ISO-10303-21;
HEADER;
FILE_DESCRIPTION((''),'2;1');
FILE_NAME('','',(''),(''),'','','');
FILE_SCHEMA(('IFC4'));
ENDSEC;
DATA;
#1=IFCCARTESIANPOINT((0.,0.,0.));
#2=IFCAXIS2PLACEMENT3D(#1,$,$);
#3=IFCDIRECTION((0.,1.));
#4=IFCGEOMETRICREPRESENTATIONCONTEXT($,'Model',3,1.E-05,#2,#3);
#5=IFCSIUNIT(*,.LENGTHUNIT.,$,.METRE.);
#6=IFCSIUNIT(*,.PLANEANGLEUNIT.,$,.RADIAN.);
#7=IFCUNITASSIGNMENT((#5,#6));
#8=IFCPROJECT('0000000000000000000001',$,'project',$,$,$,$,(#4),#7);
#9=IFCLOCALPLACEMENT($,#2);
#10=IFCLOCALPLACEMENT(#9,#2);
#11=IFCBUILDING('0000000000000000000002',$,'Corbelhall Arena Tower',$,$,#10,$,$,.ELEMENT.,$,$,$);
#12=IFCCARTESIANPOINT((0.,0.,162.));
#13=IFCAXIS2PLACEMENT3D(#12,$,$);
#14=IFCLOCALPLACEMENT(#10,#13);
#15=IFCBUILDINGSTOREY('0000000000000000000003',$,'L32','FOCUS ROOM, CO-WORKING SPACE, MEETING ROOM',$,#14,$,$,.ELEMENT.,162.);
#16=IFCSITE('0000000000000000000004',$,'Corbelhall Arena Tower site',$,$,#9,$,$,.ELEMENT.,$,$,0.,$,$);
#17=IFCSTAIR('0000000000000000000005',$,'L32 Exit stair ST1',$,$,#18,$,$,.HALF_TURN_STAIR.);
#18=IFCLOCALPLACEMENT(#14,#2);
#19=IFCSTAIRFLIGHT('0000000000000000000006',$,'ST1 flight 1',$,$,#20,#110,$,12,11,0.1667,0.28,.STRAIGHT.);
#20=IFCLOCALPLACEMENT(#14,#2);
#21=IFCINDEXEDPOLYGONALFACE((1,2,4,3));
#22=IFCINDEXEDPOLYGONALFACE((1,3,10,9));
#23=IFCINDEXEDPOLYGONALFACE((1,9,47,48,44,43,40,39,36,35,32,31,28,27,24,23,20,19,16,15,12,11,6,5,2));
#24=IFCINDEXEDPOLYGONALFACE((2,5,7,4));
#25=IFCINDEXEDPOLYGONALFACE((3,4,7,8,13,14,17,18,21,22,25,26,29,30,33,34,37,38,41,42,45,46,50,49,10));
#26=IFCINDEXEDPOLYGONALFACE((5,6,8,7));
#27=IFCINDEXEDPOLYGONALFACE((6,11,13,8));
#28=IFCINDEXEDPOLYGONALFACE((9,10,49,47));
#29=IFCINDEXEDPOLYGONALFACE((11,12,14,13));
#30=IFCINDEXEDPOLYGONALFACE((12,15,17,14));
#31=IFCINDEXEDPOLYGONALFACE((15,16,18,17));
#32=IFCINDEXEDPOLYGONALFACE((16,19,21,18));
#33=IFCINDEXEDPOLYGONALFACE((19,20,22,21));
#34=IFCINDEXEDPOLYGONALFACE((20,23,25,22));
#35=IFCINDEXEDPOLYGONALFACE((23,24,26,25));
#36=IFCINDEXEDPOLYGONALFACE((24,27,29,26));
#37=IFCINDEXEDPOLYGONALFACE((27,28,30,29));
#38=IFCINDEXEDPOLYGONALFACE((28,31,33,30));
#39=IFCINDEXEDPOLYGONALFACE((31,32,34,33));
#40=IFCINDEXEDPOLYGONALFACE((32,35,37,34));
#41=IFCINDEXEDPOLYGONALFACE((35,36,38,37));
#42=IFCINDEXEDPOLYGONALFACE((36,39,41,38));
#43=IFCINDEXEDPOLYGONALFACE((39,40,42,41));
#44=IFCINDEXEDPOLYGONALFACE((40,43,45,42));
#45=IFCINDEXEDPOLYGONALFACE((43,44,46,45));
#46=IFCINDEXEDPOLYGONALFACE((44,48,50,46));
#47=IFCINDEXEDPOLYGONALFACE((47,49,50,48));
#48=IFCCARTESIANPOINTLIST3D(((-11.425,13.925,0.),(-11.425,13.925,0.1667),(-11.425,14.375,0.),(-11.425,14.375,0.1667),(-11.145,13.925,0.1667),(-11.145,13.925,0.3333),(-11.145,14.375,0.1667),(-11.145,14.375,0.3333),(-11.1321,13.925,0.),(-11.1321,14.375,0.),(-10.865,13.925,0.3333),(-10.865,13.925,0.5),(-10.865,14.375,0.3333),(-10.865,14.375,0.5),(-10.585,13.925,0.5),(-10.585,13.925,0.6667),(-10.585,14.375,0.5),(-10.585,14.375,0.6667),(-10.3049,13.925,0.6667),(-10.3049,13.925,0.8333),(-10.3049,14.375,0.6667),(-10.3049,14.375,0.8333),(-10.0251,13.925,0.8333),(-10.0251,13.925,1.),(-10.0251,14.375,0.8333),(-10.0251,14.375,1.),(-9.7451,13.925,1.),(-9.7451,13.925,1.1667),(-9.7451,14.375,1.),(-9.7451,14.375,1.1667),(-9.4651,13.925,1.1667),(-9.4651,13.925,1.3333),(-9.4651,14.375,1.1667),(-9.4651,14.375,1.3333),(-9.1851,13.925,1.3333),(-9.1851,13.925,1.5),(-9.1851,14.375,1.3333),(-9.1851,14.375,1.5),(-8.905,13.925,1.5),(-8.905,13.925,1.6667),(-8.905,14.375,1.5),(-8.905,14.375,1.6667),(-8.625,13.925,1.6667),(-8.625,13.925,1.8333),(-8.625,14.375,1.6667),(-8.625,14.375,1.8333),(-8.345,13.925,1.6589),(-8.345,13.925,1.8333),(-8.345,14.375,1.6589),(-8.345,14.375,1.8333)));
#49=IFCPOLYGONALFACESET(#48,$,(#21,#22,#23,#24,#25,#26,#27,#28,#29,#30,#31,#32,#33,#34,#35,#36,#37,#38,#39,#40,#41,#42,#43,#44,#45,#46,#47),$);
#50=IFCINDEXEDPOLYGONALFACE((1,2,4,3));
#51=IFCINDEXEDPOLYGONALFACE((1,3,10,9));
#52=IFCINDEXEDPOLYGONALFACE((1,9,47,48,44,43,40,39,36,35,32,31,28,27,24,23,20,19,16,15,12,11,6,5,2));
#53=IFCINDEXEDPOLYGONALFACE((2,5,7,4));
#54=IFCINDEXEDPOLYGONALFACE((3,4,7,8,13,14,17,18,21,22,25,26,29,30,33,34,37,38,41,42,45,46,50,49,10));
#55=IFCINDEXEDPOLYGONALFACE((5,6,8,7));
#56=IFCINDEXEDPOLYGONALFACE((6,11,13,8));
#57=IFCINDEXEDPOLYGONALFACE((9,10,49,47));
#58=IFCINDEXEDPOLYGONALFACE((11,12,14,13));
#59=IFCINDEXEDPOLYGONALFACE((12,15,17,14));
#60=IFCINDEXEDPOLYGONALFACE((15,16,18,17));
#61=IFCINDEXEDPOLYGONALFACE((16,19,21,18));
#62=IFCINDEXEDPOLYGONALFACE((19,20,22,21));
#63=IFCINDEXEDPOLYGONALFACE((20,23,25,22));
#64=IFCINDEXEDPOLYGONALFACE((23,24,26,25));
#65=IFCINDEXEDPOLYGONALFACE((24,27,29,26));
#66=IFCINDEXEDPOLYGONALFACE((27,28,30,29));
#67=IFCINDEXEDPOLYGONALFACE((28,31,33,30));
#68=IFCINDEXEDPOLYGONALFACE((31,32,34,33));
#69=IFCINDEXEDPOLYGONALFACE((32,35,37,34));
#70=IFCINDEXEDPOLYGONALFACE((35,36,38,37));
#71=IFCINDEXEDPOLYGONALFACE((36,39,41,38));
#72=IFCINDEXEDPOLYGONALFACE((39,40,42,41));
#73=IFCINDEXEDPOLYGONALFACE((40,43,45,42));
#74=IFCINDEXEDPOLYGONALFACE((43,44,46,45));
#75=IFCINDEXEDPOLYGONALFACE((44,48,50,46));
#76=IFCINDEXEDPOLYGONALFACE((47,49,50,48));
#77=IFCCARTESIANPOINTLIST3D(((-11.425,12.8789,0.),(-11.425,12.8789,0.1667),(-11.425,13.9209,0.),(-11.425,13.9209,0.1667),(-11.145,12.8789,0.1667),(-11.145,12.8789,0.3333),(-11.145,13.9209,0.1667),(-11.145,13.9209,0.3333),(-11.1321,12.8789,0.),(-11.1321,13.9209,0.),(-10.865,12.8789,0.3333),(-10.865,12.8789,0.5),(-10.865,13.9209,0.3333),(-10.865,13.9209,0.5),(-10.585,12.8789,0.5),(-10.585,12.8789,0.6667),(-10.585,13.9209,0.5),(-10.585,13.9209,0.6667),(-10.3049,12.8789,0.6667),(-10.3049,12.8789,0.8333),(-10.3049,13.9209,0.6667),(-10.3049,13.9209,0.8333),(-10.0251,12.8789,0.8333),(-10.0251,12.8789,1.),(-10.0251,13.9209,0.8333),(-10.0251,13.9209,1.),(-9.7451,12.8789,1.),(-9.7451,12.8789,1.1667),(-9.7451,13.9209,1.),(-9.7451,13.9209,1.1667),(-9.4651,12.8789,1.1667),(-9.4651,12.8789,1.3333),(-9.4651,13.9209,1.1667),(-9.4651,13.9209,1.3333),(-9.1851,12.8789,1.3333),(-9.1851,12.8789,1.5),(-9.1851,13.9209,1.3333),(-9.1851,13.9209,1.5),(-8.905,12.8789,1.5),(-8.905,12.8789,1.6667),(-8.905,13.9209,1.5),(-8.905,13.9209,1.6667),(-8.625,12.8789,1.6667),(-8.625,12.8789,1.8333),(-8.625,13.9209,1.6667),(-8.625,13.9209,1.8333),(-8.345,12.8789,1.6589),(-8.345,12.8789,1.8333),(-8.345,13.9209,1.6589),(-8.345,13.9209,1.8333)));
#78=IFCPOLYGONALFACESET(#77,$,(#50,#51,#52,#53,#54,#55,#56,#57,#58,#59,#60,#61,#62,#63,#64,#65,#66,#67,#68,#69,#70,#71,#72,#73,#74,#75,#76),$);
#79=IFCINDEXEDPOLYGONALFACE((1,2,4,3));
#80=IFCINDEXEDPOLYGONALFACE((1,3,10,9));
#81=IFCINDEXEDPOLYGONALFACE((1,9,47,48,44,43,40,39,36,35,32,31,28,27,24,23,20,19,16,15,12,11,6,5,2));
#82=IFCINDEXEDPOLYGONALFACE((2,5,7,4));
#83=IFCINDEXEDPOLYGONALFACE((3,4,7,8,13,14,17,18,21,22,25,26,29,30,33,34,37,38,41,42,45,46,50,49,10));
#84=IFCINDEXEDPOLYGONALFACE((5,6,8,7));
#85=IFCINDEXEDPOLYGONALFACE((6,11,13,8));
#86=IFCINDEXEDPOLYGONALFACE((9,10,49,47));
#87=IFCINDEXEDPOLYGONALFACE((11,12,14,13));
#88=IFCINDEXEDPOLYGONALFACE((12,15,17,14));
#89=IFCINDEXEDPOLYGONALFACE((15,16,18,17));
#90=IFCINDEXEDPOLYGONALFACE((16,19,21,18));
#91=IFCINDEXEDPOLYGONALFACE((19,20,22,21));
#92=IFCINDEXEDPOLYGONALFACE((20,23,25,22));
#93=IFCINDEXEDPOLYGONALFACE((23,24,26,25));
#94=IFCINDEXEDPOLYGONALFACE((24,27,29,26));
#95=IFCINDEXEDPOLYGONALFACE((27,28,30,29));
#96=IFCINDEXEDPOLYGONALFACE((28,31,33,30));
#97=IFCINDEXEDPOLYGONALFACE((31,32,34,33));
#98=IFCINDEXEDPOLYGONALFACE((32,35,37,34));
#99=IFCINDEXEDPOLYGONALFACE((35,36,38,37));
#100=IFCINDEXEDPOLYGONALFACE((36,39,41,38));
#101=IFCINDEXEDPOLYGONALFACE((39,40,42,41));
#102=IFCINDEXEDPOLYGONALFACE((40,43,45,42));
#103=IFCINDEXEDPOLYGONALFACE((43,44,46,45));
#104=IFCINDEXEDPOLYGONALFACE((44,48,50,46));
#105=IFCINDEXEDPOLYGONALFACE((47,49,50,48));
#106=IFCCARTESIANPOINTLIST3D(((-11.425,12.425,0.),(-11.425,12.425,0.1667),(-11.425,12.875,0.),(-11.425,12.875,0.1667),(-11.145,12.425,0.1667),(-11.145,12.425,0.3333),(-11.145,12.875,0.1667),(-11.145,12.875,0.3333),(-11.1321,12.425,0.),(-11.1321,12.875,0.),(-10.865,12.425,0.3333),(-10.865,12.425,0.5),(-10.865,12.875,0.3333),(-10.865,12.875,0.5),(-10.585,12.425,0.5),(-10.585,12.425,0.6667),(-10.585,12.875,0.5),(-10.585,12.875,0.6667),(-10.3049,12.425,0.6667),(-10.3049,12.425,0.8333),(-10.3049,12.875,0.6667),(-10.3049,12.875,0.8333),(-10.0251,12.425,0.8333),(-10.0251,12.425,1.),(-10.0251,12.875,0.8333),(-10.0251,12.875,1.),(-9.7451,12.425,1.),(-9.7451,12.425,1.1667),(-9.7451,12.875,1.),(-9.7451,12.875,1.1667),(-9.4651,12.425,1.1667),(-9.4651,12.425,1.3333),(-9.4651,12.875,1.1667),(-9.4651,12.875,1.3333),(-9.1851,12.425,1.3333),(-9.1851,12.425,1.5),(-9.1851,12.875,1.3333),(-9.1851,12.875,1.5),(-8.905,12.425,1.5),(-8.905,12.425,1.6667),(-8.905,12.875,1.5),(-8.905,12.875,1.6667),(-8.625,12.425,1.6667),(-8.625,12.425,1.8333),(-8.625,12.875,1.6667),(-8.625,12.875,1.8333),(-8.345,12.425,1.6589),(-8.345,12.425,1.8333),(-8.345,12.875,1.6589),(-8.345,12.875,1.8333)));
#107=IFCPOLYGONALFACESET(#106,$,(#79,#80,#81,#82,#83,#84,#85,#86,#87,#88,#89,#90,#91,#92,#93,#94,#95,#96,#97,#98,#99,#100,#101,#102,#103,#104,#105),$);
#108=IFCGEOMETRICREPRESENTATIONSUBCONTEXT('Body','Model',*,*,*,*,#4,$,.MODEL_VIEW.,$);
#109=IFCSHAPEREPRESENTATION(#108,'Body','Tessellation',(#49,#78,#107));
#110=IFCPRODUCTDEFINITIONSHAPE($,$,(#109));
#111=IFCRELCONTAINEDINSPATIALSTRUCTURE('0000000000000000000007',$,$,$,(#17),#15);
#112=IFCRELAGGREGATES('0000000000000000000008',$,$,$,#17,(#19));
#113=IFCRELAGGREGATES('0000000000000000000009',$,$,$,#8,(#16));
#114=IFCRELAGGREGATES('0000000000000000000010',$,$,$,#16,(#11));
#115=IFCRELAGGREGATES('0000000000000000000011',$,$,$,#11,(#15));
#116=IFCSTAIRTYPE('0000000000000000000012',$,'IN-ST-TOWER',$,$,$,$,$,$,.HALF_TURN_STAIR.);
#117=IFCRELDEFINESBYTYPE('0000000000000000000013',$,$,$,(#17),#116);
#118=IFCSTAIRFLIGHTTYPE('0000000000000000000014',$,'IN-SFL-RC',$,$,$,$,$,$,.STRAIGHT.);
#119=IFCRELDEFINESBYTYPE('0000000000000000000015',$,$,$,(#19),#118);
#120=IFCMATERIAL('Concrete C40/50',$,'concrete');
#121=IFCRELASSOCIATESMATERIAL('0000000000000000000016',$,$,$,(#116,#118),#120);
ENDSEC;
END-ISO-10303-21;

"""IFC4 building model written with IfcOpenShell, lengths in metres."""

from ifc_helpers import new_model, si_unit, direction, frame, origin, place, context, subcontext, project, spatial, polyline, outline, extrude, material, type_object, element, aggregate, save


model = new_model("IFC4")

# Units and contexts
model_context = context("Model", 3, precision=1e-05, world=origin(), true_north=direction((0.0, 1.0)))
body_context = subcontext(model_context, "Body", "Model", "MODEL_VIEW")
ifc_project = project(units=[si_unit("LENGTHUNIT", "METRE"), si_unit("PLANEANGLEUNIT", "RADIAN")], contexts=[model_context])

# Site, building, storey
site_placement = place(None, origin())
site = spatial("IfcSite", under=ifc_project, at=site_placement, Name="Corbelhall Arena Tower site", CompositionType="ELEMENT", RefElevation=0.0)
building_placement = place(site_placement, origin())
building = spatial("IfcBuilding", under=site, at=building_placement, Name="Corbelhall Arena Tower", CompositionType="ELEMENT")
storey_placement = place(building_placement, frame((0.0, 0.0, 162.0)))
storey = spatial("IfcBuildingStorey", under=building, at=storey_placement, Name="L32", Description="FOCUS ROOM, CO-WORKING SPACE, MEETING ROOM", CompositionType="ELEMENT", Elevation=162.0)

# Shared definitions
ifc_material_1 = material(Name="Concrete C40/50", Category="concrete")

# Stair, stair flight
stair_type = type_object("IfcStairType", Name="IN-ST-TOWER", PredefinedType="HALF_TURN_STAIR", material=ifc_material_1)
stair_placement = place(storey_placement, origin())
stair = element("IfcStair", 1, at=stair_placement, inside=storey, type_object=stair_type, Name="L32 Exit stair ST1", PredefinedType="HALF_TURN_STAIR")
stair_flight_type = type_object("IfcStairFlightType", Name="IN-SFL-RC", PredefinedType="STRAIGHT", material=ifc_material_1)
stair_flight_placement = place(storey_placement, frame((-11.425, 13.3999, 0.0), z_axis=(0.0, 0.0, 1.0), x_axis=(1.0, 0.0, 0.0)))
stair_flight = element("IfcStairFlight", 2, at=stair_flight_placement, type_object=stair_flight_type, Name="ST1 flight 1", NumberOfRisers=12, NumberOfTreads=11, PredefinedType="STRAIGHT", RiserHeight=0.1667, TreadLength=0.28, context=body_context, shape_type="SweptSolid", body=[
    extrude(outline(polyline([(0.0, 0.0), (0.0, 0.1667), (0.28, 0.1667), (0.28, 0.3333), (0.5601, 0.3333), (0.5601, 0.5), (0.8401, 0.5), (0.8401, 0.6667), (1.1201, 0.6667), (1.1201, 0.8333), (1.3999, 0.8333), (1.3999, 1.0), (1.6799, 1.0), (1.6799, 1.1667), (1.96, 1.1667), (1.96, 1.3333), (2.24, 1.3333), (2.24, 1.5), (2.52, 1.5), (2.52, 1.6667), (2.8, 1.6667), (2.8, 1.8333), (3.0801, 1.8333), (3.0801, 2.0), (3.0801, 1.6589), (0.293, 0.0), (0.0, 0.0)])), frame((0.0, 0.9751, 0.0), z_axis=(0.0, -1.0, 0.0), x_axis=(1.0, 0.0, 0.0)), (0.0, 0.0, 1.0), 0.45),
    extrude(outline(polyline([(0.0, 0.0), (0.0, 0.1667), (0.28, 0.1667), (0.28, 0.3333), (0.5601, 0.3333), (0.5601, 0.5), (0.8401, 0.5), (0.8401, 0.6667), (1.1201, 0.6667), (1.1201, 0.8333), (1.3999, 0.8333), (1.3999, 1.0), (1.6799, 1.0), (1.6799, 1.1667), (1.96, 1.1667), (1.96, 1.3333), (2.24, 1.3333), (2.24, 1.5), (2.52, 1.5), (2.52, 1.6667), (2.8, 1.6667), (2.8, 1.8333), (3.0801, 1.8333), (3.0801, 2.0), (3.0801, 1.6589), (0.293, 0.0), (0.0, 0.0)])), frame((0.0, 0.521, 0.0), z_axis=(0.0, -1.0, 0.0), x_axis=(1.0, 0.0, 0.0)), (0.0, 0.0, 1.0), 1.042),
    extrude(outline(polyline([(0.0, 0.0), (0.0, 0.1667), (0.28, 0.1667), (0.28, 0.3333), (0.5601, 0.3333), (0.5601, 0.5), (0.8401, 0.5), (0.8401, 0.6667), (1.1201, 0.6667), (1.1201, 0.8333), (1.3999, 0.8333), (1.3999, 1.0), (1.6799, 1.0), (1.6799, 1.1667), (1.96, 1.1667), (1.96, 1.3333), (2.24, 1.3333), (2.24, 1.5), (2.52, 1.5), (2.52, 1.6667), (2.8, 1.6667), (2.8, 1.8333), (3.0801, 1.8333), (3.0801, 2.0), (3.0801, 1.6589), (0.293, 0.0), (0.0, 0.0)])), frame((0.0, -0.5249, 0.0), z_axis=(0.0, -1.0, 0.0), x_axis=(1.0, 0.0, 0.0)), (0.0, 0.0, 1.0), 0.45),
])
aggregate(stair, [stair_flight])

save(model, "model.ifc")
